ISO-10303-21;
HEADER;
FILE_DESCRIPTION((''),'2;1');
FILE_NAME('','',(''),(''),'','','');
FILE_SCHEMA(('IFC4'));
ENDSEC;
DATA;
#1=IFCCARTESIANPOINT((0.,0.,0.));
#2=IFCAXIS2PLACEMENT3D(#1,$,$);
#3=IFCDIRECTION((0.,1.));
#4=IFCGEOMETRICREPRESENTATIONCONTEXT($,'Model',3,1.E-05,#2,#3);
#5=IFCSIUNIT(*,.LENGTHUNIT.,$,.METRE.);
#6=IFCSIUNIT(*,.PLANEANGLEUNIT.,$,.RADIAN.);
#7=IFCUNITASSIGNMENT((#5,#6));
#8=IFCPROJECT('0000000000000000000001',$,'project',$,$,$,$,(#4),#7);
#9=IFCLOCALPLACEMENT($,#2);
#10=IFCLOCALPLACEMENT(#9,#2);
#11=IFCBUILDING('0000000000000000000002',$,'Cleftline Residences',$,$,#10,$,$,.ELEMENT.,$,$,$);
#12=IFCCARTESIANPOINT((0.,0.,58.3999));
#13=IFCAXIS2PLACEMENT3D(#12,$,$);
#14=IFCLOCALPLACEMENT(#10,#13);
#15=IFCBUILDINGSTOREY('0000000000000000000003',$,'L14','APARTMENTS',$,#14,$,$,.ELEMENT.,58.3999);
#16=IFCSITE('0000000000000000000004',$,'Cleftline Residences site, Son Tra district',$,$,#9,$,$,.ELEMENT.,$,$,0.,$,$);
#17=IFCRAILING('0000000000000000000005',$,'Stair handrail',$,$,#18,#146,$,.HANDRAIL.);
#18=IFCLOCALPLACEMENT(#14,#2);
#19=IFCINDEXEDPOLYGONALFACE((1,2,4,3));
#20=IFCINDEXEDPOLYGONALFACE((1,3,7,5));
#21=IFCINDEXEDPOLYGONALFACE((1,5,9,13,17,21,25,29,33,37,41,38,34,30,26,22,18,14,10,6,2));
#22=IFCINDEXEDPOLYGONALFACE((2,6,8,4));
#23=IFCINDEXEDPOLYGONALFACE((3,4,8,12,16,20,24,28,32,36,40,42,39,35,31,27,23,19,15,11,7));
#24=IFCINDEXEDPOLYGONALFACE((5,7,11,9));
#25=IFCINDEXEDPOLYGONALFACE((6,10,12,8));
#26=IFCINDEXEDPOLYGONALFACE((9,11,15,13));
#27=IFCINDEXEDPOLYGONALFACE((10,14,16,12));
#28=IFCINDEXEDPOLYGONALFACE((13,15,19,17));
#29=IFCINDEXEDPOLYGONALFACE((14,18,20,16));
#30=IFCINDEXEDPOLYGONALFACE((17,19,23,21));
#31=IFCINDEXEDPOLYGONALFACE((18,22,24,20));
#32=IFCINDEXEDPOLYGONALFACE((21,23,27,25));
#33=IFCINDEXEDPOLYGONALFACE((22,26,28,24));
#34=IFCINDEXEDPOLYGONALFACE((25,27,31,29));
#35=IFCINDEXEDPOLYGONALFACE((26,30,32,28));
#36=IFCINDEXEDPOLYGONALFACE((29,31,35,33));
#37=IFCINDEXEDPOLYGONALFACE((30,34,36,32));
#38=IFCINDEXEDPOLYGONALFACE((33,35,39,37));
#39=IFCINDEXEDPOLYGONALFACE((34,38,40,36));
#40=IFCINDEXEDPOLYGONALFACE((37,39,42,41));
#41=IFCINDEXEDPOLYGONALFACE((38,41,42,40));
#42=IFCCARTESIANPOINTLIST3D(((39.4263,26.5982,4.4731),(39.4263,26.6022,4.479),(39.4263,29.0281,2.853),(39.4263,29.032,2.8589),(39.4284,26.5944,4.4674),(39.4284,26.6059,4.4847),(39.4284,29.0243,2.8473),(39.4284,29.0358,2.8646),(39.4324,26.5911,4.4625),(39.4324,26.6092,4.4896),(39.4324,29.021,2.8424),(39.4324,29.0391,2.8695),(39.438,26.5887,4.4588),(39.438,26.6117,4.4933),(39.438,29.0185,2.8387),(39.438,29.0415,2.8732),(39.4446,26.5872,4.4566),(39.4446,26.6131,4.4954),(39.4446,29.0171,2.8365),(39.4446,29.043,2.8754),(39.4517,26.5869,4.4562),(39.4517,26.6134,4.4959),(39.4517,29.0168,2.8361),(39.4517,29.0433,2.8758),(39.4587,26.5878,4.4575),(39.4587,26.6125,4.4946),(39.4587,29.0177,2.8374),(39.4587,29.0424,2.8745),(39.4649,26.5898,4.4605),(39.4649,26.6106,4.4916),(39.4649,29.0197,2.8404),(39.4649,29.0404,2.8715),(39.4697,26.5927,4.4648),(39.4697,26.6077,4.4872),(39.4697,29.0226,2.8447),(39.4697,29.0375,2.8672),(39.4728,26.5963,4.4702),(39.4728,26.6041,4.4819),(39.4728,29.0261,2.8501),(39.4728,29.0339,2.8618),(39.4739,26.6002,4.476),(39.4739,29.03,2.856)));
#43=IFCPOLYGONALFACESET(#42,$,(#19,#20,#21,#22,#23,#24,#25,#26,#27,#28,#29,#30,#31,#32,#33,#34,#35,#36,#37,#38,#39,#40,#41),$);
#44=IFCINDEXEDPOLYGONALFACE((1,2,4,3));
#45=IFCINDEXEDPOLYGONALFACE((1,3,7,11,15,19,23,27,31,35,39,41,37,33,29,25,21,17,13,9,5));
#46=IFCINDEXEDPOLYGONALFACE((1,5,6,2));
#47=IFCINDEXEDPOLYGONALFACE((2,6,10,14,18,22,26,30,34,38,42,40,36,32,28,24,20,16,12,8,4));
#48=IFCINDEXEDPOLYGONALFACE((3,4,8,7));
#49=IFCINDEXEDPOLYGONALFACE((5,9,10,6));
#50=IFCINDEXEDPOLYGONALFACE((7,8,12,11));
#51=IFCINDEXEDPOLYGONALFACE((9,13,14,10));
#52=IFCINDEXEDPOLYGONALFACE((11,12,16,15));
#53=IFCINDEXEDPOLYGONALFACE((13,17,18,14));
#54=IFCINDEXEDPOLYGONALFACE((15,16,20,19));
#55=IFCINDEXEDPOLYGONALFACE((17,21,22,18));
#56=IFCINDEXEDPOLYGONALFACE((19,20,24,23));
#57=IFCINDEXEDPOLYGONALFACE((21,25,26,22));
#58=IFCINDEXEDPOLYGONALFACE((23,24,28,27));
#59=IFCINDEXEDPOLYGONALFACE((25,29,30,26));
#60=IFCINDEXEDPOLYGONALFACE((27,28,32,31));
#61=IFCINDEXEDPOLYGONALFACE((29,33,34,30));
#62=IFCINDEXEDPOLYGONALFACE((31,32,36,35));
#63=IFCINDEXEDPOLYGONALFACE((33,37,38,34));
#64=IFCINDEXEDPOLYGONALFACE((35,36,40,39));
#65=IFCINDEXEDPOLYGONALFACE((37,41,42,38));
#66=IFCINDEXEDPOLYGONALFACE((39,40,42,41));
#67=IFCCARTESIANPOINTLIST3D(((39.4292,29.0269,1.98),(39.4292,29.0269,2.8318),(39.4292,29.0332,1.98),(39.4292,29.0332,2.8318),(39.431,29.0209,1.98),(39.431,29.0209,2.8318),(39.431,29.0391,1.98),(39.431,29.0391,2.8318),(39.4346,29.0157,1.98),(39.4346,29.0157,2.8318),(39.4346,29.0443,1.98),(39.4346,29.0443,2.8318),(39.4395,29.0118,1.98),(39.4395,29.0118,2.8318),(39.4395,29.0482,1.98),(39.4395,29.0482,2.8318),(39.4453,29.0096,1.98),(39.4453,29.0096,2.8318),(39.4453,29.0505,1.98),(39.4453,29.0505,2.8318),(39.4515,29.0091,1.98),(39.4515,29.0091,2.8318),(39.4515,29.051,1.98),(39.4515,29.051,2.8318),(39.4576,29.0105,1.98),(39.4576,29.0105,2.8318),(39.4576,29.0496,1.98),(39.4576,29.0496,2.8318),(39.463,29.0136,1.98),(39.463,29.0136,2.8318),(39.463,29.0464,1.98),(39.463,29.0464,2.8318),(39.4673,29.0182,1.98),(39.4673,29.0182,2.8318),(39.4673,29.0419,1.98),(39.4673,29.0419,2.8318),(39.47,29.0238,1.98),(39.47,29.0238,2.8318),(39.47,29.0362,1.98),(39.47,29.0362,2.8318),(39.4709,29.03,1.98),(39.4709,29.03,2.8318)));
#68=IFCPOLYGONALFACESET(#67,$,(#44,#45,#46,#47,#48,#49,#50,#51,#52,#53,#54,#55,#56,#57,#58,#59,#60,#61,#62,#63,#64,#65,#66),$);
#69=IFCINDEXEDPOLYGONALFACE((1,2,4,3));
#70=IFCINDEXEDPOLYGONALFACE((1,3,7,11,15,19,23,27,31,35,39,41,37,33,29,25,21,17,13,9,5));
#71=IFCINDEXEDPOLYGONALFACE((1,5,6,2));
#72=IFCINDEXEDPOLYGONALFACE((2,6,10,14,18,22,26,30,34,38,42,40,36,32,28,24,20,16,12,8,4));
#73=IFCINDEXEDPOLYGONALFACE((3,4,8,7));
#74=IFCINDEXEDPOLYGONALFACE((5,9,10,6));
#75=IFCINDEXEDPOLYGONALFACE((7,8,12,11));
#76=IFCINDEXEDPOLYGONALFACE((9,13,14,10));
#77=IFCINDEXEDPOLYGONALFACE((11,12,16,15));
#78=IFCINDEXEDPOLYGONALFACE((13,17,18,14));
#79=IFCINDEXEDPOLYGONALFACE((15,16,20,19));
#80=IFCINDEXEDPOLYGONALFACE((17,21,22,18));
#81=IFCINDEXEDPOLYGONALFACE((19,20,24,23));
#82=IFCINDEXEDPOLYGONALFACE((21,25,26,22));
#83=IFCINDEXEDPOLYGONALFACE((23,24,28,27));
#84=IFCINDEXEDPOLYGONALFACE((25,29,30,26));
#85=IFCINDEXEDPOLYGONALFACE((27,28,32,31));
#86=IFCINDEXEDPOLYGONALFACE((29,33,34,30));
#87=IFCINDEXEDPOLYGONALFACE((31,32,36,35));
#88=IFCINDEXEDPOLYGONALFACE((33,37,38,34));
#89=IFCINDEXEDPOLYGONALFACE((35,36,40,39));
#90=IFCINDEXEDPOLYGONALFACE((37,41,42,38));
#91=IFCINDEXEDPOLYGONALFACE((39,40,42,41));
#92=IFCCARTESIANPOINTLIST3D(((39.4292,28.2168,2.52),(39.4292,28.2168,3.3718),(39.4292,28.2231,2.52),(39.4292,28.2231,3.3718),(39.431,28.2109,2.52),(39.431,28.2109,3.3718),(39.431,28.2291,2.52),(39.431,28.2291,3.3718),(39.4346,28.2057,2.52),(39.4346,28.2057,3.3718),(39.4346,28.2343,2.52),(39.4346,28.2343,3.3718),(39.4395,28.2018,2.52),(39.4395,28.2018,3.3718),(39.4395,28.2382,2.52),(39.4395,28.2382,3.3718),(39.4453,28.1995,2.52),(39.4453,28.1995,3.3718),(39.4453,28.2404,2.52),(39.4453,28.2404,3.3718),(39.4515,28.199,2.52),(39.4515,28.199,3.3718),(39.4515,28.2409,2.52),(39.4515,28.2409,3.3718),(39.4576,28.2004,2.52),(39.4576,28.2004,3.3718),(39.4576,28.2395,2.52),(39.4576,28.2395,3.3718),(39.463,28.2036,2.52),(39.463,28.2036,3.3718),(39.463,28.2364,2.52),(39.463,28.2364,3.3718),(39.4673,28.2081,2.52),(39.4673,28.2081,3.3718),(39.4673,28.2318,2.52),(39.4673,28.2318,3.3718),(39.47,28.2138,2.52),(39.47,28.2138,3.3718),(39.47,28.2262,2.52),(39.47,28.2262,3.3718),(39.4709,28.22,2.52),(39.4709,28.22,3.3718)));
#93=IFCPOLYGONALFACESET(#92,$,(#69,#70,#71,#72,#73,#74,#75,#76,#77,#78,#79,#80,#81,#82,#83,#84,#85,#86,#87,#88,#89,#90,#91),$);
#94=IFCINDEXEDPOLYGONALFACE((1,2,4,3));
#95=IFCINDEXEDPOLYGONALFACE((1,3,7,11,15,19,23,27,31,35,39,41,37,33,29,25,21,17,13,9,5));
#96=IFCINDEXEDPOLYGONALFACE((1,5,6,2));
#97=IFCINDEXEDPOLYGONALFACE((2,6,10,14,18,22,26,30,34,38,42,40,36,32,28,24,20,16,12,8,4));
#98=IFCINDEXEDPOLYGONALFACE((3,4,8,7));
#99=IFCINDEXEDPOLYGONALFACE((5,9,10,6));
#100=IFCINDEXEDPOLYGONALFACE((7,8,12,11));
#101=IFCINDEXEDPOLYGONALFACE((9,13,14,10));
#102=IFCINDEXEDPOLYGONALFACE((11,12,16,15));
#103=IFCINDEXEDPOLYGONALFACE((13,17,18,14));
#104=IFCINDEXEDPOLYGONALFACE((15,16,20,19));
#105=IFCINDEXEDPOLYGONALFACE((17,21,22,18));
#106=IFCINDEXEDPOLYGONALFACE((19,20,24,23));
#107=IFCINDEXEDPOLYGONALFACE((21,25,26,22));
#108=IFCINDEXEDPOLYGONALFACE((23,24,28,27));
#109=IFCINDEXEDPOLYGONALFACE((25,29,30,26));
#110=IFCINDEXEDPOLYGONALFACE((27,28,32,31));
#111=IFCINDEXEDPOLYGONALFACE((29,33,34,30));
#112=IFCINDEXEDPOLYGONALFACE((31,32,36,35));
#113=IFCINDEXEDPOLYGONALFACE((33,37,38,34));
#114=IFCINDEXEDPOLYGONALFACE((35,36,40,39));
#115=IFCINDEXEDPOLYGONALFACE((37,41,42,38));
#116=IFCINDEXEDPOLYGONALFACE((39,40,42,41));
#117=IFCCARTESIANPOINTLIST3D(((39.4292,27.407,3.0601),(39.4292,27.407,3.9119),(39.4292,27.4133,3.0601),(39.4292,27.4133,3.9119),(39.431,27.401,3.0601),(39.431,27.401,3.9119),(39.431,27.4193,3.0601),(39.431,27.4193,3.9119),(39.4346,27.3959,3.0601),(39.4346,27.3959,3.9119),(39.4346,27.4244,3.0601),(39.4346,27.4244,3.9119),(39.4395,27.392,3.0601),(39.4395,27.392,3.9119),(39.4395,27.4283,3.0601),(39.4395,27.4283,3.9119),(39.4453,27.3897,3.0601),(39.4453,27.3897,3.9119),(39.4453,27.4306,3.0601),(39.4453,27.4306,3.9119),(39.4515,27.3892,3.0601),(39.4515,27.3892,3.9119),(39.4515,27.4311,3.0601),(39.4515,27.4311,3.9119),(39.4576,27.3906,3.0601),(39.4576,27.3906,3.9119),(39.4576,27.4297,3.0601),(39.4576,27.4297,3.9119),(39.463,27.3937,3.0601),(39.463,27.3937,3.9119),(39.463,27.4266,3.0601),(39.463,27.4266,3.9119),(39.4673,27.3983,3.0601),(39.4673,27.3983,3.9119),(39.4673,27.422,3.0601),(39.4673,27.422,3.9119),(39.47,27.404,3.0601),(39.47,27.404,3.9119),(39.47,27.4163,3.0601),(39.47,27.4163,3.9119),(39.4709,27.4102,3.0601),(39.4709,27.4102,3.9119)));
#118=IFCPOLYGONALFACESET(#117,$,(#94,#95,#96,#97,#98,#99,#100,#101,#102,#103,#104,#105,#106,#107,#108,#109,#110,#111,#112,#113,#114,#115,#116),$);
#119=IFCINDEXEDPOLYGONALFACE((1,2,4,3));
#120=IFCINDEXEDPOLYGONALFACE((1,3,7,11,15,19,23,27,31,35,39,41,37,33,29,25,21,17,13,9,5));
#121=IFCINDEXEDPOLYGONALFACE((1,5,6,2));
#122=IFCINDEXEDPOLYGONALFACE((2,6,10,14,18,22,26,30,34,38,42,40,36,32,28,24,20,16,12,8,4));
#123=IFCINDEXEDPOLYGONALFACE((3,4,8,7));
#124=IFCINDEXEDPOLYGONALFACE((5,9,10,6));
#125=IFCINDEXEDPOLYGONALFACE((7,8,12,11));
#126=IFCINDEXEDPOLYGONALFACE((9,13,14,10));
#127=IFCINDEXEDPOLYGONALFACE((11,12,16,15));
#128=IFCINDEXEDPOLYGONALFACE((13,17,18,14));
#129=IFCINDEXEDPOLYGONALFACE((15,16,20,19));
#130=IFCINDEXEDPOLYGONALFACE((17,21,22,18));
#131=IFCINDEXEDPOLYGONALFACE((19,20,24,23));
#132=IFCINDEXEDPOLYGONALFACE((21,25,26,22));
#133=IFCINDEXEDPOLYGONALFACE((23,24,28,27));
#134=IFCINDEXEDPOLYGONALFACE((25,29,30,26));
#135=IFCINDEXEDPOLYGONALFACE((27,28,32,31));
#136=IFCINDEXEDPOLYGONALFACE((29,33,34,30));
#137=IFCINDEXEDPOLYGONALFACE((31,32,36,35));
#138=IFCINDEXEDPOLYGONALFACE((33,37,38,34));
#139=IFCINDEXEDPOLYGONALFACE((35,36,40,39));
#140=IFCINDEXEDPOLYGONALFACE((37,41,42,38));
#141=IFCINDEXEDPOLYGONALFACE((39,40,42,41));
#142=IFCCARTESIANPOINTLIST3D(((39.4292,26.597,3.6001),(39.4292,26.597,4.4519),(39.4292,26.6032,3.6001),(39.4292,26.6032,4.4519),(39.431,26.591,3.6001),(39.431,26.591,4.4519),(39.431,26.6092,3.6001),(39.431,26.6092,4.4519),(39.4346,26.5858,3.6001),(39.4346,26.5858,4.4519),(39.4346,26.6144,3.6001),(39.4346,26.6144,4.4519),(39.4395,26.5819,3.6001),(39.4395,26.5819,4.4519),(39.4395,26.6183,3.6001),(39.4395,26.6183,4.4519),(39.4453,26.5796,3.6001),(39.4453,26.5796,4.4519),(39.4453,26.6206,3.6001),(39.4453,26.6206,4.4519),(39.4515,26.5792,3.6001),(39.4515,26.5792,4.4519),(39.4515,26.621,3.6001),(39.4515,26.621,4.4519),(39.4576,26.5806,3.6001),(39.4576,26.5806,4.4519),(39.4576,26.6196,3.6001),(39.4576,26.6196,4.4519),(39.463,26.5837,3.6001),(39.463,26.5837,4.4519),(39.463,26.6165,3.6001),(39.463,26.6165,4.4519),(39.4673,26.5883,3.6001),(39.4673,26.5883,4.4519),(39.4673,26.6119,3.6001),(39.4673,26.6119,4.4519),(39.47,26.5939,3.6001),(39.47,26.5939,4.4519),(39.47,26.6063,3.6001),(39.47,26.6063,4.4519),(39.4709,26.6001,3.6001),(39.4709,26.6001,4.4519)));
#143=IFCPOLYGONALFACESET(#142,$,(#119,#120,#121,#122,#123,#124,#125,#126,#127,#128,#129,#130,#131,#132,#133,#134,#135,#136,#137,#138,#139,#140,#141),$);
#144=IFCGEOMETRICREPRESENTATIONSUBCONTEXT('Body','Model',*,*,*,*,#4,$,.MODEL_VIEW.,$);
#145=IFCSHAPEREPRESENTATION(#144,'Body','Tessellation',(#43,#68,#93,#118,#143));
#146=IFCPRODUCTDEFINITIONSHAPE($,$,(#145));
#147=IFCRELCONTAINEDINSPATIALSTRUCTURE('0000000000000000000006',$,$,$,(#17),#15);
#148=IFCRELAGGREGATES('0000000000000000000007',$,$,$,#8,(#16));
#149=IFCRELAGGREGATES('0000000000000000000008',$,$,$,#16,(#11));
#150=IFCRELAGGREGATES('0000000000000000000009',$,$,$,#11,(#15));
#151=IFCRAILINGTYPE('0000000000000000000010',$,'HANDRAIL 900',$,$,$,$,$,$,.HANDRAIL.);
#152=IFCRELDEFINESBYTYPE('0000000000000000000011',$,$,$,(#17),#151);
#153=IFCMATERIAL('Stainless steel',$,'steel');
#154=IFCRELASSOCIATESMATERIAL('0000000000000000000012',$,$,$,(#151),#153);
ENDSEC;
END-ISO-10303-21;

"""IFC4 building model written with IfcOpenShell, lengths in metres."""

from ifc_helpers import new_model, si_unit, direction, frame, origin, origin_2d, place, context, subcontext, project, spatial, circle, extrude, material, type_object, element, save


model = new_model("IFC4")

# Units and contexts
model_context = context("Model", 3, precision=1e-05, world=origin(), true_north=direction((0.0, 1.0)))
body_context = subcontext(model_context, "Body", "Model", "MODEL_VIEW")
ifc_project = project(units=[si_unit("LENGTHUNIT", "METRE"), si_unit("PLANEANGLEUNIT", "RADIAN")], contexts=[model_context])

# Site, building, storey
site_placement = place(None, origin())
site = spatial("IfcSite", under=ifc_project, at=site_placement, Name="Cleftline Residences site, Son Tra district", CompositionType="ELEMENT", RefElevation=0.0)
building_placement = place(site_placement, origin())
building = spatial("IfcBuilding", under=site, at=building_placement, Name="Cleftline Residences", CompositionType="ELEMENT")
storey_placement = place(building_placement, frame((0.0, 0.0, 58.3999)))
storey = spatial("IfcBuildingStorey", under=building, at=storey_placement, Name="L14", Description="APARTMENTS", CompositionType="ELEMENT", Elevation=58.3999)

# Railing
ifc_material_1 = material(Name="Stainless steel", Category="steel")
railing_type = type_object("IfcRailingType", Name="HANDRAIL 900", PredefinedType="HANDRAIL", material=ifc_material_1)
railing_1_placement = place(storey_placement, frame((39.45, 29.03, 1.98)))
element("IfcRailing", 1, at=railing_1_placement, inside=storey, type_object=railing_type, Name="Stair handrail", PredefinedType="HANDRAIL", context=body_context, shape_type="SweptSolid", body=[
    extrude(circle(Radius=0.0239, at=origin_2d()), frame((0.0, 0.0, 0.876), z_axis=(0.0, -0.832025, 0.554739), x_axis=(1.0, 0.0, 0.0)), (0.0, 0.0, 1.0), 2.9204),
    extrude(circle(Radius=0.021, at=origin_2d()), origin(), (0.0, 0.0, 1.0), 0.8518),
    extrude(circle(Radius=0.021, at=origin_2d()), frame((0.0, -0.8101, 0.54)), (0.0, 0.0, 1.0), 0.8518),
    extrude(circle(Radius=0.021, at=origin_2d()), frame((0.0, -1.6199, 1.0801)), (0.0, 0.0, 1.0), 0.8518),
    extrude(circle(Radius=0.021, at=origin_2d()), frame((0.0, -2.4299, 1.6201)), (0.0, 0.0, 1.0), 0.8518),
])

save(model, "model.ifc")
